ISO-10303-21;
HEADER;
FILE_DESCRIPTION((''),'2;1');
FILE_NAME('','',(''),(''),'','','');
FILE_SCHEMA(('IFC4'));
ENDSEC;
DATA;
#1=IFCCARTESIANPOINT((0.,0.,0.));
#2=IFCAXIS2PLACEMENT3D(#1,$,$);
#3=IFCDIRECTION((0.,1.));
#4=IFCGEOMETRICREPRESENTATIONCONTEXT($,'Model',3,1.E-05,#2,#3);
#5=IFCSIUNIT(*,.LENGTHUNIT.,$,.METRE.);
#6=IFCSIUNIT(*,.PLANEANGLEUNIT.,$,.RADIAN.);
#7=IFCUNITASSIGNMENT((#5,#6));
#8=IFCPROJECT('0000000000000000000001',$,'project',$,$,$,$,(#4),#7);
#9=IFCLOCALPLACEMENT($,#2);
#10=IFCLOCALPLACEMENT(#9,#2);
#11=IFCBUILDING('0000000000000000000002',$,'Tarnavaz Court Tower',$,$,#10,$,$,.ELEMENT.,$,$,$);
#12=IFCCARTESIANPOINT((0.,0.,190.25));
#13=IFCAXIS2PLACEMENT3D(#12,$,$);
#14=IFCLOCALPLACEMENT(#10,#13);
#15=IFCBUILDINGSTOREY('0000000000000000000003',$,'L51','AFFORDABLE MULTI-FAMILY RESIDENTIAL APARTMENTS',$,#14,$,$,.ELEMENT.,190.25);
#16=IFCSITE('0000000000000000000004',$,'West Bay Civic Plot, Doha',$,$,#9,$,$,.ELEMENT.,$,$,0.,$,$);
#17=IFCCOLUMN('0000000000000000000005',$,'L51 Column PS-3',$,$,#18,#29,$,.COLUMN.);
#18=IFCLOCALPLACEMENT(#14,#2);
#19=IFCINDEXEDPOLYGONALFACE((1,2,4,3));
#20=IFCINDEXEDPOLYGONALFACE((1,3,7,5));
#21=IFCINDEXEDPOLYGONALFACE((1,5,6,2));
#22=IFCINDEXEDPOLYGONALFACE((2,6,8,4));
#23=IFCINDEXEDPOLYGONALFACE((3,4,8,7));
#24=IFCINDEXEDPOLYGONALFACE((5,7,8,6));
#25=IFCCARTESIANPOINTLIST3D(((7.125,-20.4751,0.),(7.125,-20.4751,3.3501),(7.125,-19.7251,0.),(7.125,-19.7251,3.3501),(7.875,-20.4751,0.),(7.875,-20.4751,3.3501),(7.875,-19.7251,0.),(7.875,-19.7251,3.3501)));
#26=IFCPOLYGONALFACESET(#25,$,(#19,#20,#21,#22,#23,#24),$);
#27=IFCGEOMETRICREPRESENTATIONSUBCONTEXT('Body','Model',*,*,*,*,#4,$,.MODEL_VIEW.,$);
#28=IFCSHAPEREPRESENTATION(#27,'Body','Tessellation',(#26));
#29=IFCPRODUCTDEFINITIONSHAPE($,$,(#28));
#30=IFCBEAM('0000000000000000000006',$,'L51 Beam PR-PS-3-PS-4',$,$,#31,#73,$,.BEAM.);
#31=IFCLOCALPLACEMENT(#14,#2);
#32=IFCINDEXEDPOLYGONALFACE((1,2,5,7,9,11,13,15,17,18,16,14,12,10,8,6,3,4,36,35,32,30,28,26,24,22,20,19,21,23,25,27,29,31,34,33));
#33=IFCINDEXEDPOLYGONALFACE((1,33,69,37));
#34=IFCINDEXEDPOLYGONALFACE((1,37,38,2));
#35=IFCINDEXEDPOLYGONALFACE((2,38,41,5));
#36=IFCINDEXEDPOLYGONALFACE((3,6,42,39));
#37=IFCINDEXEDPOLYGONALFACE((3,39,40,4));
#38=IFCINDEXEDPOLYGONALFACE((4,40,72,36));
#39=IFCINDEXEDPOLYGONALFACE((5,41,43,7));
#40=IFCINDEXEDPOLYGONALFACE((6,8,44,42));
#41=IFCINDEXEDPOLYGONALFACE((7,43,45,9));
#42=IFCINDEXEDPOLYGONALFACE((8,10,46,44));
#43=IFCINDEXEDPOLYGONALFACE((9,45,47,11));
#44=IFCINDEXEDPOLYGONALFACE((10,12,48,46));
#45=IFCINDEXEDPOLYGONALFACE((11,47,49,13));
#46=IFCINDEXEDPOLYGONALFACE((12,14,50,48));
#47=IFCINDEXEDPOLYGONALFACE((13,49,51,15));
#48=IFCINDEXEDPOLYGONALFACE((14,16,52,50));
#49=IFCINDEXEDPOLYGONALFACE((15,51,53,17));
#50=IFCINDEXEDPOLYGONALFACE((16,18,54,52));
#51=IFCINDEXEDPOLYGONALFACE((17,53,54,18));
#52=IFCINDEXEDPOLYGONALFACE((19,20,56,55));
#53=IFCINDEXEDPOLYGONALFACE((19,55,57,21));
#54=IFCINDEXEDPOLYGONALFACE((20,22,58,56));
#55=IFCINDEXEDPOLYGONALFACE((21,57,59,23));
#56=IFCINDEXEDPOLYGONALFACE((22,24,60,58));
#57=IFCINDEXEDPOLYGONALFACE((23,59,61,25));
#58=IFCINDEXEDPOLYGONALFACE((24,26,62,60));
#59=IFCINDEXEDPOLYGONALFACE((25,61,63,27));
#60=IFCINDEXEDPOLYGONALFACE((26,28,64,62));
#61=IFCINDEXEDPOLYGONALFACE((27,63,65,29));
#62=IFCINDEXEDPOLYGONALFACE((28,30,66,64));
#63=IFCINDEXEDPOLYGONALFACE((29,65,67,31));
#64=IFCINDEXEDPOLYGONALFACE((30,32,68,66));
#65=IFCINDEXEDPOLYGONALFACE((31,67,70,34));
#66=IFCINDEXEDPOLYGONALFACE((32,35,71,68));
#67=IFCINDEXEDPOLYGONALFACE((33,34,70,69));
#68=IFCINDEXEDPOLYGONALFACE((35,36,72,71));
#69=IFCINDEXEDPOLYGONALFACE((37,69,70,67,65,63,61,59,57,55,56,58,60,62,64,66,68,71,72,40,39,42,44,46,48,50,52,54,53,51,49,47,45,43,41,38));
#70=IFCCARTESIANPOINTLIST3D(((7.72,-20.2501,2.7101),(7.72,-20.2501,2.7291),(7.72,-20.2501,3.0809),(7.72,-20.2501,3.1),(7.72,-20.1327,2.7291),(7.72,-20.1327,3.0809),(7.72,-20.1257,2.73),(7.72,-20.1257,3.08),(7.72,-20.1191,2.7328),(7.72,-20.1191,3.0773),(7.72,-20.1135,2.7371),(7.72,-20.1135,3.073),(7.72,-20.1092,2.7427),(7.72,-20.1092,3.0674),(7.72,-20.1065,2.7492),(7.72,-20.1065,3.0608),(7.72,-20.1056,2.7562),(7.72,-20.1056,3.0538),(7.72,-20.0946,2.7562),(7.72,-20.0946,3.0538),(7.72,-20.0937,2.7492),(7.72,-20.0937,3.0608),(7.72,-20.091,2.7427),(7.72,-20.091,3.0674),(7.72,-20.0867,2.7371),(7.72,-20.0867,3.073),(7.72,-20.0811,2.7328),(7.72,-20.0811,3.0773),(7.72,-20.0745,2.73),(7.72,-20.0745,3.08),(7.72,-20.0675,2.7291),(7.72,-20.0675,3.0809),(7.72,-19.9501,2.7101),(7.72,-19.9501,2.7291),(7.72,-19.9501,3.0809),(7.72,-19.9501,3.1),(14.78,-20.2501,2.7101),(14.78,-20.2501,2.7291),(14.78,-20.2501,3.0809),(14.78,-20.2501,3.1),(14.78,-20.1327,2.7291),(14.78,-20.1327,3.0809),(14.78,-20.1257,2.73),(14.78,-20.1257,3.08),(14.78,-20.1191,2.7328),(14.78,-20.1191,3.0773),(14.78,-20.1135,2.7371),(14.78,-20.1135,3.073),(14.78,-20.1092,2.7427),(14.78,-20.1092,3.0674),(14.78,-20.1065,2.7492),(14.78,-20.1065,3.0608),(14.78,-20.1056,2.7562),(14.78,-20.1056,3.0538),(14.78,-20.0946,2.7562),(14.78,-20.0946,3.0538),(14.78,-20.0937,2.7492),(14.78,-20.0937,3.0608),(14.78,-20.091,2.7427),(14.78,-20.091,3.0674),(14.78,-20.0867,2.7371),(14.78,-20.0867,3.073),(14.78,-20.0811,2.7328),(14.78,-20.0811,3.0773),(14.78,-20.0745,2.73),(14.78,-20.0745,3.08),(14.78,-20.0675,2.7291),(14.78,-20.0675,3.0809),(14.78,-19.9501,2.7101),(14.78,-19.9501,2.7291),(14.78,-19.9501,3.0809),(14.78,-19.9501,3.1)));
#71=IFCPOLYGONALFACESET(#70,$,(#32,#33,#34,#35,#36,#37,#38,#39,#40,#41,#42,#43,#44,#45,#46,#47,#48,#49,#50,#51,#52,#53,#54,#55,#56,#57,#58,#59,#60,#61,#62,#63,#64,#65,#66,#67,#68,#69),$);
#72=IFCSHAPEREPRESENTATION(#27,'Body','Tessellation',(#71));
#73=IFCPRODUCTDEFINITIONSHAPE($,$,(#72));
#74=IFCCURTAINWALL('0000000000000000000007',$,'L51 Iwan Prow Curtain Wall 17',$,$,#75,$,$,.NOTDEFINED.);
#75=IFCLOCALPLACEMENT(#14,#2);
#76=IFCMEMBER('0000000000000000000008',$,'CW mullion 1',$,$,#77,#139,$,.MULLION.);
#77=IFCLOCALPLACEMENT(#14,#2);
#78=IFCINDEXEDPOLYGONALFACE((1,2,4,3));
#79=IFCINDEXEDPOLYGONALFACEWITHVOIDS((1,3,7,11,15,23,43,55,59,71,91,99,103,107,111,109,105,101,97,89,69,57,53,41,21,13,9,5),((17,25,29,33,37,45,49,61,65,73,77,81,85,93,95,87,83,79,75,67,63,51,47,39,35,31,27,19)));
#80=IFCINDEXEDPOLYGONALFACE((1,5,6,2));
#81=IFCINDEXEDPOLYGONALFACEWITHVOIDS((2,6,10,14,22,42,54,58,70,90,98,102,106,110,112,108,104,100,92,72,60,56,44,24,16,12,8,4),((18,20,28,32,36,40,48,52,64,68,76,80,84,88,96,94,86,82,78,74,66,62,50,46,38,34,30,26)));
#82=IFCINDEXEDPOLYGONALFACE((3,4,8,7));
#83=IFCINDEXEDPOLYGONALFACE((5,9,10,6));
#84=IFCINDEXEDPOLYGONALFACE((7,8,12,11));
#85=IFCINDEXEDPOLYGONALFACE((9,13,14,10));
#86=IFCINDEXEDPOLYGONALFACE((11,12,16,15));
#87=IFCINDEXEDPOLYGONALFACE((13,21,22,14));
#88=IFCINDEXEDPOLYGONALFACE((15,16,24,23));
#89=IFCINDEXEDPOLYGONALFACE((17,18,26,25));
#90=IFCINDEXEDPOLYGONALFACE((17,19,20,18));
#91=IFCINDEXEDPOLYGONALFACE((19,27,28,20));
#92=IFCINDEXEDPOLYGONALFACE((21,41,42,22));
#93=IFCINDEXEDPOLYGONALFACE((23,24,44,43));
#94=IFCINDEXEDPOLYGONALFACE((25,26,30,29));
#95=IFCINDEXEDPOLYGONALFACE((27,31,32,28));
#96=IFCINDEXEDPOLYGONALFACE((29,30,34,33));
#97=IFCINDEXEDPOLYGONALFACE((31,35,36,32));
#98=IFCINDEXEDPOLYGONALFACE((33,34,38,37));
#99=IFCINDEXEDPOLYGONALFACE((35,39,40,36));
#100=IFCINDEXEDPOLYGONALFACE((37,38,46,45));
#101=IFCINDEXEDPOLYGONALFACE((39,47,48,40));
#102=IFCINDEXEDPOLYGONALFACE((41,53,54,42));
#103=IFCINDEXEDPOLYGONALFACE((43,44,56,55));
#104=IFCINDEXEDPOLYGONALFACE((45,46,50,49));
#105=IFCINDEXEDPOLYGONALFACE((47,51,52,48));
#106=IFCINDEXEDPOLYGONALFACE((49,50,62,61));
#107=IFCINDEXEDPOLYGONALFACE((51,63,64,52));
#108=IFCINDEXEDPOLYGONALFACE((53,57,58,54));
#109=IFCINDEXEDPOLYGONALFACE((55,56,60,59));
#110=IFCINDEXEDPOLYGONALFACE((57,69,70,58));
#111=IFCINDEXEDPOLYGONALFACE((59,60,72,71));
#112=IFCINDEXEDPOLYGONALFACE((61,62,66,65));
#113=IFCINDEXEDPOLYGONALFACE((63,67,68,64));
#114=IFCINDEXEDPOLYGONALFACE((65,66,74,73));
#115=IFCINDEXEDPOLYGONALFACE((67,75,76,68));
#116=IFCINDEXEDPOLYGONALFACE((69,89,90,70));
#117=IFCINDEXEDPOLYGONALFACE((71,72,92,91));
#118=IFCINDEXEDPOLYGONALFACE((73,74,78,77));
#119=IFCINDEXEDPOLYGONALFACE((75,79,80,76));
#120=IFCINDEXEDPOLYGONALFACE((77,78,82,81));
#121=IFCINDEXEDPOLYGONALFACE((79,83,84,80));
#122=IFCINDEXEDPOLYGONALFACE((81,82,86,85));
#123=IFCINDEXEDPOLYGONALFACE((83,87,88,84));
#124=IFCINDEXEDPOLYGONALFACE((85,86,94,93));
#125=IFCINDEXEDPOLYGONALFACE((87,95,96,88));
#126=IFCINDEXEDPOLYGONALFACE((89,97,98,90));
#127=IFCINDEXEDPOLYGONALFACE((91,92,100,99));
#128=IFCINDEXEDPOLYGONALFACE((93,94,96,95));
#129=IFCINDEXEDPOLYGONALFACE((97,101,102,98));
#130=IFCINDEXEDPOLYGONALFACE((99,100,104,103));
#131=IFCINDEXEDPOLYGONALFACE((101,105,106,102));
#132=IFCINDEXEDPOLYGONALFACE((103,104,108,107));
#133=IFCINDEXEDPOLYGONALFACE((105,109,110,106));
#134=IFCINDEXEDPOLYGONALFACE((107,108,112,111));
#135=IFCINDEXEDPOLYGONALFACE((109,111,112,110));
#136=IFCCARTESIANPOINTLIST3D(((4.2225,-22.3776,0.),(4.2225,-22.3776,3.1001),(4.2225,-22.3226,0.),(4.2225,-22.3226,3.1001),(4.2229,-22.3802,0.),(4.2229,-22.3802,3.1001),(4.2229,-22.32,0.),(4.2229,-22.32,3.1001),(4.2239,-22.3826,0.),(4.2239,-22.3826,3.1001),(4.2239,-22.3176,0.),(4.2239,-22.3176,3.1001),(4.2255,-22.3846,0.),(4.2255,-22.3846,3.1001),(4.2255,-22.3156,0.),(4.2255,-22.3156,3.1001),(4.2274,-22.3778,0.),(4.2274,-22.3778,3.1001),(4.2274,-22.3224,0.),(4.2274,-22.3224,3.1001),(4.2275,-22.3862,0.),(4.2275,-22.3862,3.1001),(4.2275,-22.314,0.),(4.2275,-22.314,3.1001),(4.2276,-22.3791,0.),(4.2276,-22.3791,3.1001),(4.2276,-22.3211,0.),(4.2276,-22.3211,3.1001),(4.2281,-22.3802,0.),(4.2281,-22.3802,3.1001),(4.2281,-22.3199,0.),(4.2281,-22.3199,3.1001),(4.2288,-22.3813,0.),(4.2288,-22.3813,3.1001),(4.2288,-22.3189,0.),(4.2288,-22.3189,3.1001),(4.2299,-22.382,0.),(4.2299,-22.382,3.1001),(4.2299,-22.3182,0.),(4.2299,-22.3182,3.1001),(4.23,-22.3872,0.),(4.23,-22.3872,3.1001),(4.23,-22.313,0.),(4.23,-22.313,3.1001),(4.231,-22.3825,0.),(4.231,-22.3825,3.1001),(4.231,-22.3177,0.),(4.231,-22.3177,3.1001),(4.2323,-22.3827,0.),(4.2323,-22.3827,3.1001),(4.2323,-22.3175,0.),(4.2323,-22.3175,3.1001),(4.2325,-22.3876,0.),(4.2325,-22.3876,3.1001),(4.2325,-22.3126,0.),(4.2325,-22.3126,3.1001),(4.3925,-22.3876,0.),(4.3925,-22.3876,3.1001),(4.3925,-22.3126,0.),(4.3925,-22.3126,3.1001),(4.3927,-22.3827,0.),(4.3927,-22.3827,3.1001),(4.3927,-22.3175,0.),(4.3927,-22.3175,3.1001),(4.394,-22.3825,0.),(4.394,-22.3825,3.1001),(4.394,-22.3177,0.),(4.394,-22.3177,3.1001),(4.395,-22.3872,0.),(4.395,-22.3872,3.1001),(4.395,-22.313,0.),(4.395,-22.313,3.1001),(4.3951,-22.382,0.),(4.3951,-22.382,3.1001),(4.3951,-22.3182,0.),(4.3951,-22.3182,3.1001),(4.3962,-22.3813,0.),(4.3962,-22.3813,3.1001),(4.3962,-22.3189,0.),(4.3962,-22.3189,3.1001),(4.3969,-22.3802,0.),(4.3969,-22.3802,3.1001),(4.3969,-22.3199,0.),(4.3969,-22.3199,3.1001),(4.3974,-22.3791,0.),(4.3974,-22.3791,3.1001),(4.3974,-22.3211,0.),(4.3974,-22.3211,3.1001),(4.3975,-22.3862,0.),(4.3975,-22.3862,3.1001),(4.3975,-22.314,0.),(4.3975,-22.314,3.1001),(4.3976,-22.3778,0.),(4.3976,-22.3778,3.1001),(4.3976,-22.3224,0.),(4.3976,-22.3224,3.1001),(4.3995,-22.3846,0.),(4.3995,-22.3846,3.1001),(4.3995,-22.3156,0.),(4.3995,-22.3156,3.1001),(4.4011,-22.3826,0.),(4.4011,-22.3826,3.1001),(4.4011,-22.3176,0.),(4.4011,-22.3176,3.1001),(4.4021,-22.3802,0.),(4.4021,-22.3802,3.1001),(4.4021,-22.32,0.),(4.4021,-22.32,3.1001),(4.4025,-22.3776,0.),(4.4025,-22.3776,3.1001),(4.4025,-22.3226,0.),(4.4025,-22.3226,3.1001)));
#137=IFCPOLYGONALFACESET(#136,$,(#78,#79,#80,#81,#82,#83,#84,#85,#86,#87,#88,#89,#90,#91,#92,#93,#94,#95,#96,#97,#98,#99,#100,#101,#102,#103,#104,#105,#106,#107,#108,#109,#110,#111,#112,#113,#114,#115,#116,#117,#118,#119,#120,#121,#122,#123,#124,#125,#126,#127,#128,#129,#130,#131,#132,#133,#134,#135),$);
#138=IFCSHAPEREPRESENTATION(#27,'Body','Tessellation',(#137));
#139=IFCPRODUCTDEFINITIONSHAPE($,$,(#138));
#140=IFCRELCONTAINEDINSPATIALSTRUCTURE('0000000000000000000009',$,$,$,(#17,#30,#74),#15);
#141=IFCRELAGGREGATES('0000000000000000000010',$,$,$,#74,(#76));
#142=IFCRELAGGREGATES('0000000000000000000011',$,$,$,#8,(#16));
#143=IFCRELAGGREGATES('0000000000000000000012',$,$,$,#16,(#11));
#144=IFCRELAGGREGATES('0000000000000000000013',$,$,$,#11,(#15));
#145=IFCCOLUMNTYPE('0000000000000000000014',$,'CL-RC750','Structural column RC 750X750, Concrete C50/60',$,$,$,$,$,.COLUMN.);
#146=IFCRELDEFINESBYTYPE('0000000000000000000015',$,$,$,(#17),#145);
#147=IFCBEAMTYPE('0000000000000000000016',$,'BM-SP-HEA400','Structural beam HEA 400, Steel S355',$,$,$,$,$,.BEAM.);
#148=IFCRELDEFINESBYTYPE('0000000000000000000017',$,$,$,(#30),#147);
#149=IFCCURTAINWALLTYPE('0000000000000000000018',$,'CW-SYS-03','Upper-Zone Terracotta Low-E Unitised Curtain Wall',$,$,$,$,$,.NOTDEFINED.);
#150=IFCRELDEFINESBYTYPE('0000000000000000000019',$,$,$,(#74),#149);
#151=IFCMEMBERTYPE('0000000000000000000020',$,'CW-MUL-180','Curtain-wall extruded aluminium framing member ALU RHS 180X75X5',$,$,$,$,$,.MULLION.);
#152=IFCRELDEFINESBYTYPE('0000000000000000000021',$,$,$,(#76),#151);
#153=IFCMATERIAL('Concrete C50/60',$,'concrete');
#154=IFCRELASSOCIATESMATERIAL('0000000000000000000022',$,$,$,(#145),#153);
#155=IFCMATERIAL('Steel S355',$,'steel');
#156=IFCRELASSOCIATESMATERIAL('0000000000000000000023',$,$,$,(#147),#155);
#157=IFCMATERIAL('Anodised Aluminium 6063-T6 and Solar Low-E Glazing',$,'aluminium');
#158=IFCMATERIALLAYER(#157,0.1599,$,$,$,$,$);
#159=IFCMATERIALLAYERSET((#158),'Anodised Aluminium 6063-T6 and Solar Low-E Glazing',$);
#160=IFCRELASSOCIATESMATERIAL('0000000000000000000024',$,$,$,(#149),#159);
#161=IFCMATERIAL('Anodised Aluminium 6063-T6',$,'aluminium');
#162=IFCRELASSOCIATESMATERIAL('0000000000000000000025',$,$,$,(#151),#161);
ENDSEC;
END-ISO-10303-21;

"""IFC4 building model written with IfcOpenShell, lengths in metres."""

from ifc_helpers import new_model, si_unit, direction, frame, origin, origin_2d, place, context, subcontext, project, spatial, rectangle, hollow_rectangle, i_section, extrude, material, layer, layer_set, material_profile, profile_set, type_object, element, aggregate, save


model = new_model("IFC4")

# Units and contexts
model_context = context("Model", 3, precision=1e-05, world=origin(), true_north=direction((0.0, 1.0)))
body_context = subcontext(model_context, "Body", "Model", "MODEL_VIEW")
ifc_project = project(units=[si_unit("LENGTHUNIT", "METRE"), si_unit("PLANEANGLEUNIT", "RADIAN")], contexts=[model_context])

# Site, building, storey
site_placement = place(None, origin())
site = spatial("IfcSite", under=ifc_project, at=site_placement, Name="West Bay Civic Plot, Doha", CompositionType="ELEMENT", RefElevation=0.0)
building_placement = place(site_placement, origin())
building = spatial("IfcBuilding", under=site, at=building_placement, Name="Tarnavaz Court Tower", CompositionType="ELEMENT")
storey_placement = place(building_placement, frame((0.0, 0.0, 190.25)))
storey = spatial("IfcBuildingStorey", under=building, at=storey_placement, Name="L51", Description="AFFORDABLE MULTI-FAMILY RESIDENTIAL APARTMENTS", CompositionType="ELEMENT", Elevation=190.25)

# Column
ifc_material_1 = material(Name="Concrete C50/60", Category="concrete")
ifc_material_profile_1 = material_profile(ifc_material_1, rectangle(XDim=0.75, YDim=0.75, at=origin_2d()), Name="RC 750X750")
ifc_profile_set_1 = profile_set([ifc_material_profile_1], Name="Concrete C50/60")
column_type = type_object("IfcColumnType", Name="CL-RC750", Description="Structural column RC 750X750, Concrete C50/60", PredefinedType="COLUMN", material=ifc_profile_set_1)
column_placement = place(storey_placement, frame((7.5, -20.1001, 0.0), z_axis=(0.0, 0.0, 1.0), x_axis=(1.0, 0.0, 0.0)))
element("IfcColumn", 1, at=column_placement, inside=storey, type_object=column_type, Name="L51 Column PS-3", PredefinedType="COLUMN", context=body_context, shape_type="SweptSolid", body=[
    extrude(rectangle(XDim=0.75, YDim=0.75, at=origin_2d()), origin(), (0.0, 0.0, 1.0), 3.3501),
])

# Beam
ifc_material_2 = material(Name="Steel S355", Category="steel")
ifc_material_profile_2 = material_profile(ifc_material_2, i_section(OverallWidth=0.3, OverallDepth=0.3899, WebThickness=0.011, FlangeThickness=0.019, FilletRadius=0.0271, at=origin_2d()), Name="HEA 400")
ifc_profile_set_2 = profile_set([ifc_material_profile_2], Name="Steel S355")
beam_type = type_object("IfcBeamType", Name="BM-SP-HEA400", Description="Structural beam HEA 400, Steel S355", PredefinedType="BEAM", material=ifc_profile_set_2)
beam_placement = place(storey_placement, frame((7.72, -20.1001, 2.905), z_axis=(1.0, 0.0, 0.0), x_axis=(0.0, 1.0, 0.0)))
element("IfcBeam", 2, at=beam_placement, inside=storey, type_object=beam_type, Name="L51 Beam PR-PS-3-PS-4", PredefinedType="BEAM", context=body_context, shape_type="SweptSolid", body=[
    extrude(i_section(OverallWidth=0.3, OverallDepth=0.3899, WebThickness=0.011, FlangeThickness=0.019, FilletRadius=0.0271, at=origin_2d()), origin(), (0.0, 0.0, 1.0), 7.0601),
])

# Curtain wall, member
ifc_material_3 = material(Name="Anodised Aluminium 6063-T6 and Solar Low-E Glazing", Category="aluminium")
ifc_layer_1 = layer(ifc_material_3, 0.1599)
ifc_layer_set_1 = layer_set([ifc_layer_1], Name="Anodised Aluminium 6063-T6 and Solar Low-E Glazing")
curtain_wall_type = type_object("IfcCurtainWallType", Name="CW-SYS-03", Description="Upper-Zone Terracotta Low-E Unitised Curtain Wall", PredefinedType="NOTDEFINED", material=ifc_layer_set_1)
curtain_wall_placement = place(storey_placement, origin())
curtain_wall = element("IfcCurtainWall", 3, at=curtain_wall_placement, inside=storey, type_object=curtain_wall_type, Name="L51 Iwan Prow Curtain Wall 17", PredefinedType="NOTDEFINED")
ifc_material_4 = material(Name="Anodised Aluminium 6063-T6", Category="aluminium")
ifc_material_profile_3 = material_profile(ifc_material_4, hollow_rectangle(XDim=0.075, YDim=0.1799, WallThickness=0.0049, InnerFilletRadius=0.0049, OuterFilletRadius=0.01, at=origin_2d()), Name="ALU RHS 180X75X5")
ifc_profile_set_3 = profile_set([ifc_material_profile_3], Name="Anodised Aluminium 6063-T6")
member_type_1 = type_object("IfcMemberType", Name="CW-MUL-180", Description="Curtain-wall extruded aluminium framing member ALU RHS 180X75X5", PredefinedType="MULLION", material=ifc_profile_set_3)
member_1_placement = place(storey_placement, frame((4.3125, -22.3501, 0.0), z_axis=(0.0, 0.0, 1.0), x_axis=(0.0, -1.0, 0.0)))
member_1 = element("IfcMember", 4, at=member_1_placement, type_object=member_type_1, Name="CW mullion 1", PredefinedType="MULLION", context=body_context, shape_type="SweptSolid", body=[
    extrude(hollow_rectangle(XDim=0.075, YDim=0.1799, WallThickness=0.0049, InnerFilletRadius=0.0049, OuterFilletRadius=0.01, at=origin_2d()), origin(), (0.0, 0.0, 1.0), 3.1001),
])
aggregate(curtain_wall, [member_1])

save(model, "model.ifc")
